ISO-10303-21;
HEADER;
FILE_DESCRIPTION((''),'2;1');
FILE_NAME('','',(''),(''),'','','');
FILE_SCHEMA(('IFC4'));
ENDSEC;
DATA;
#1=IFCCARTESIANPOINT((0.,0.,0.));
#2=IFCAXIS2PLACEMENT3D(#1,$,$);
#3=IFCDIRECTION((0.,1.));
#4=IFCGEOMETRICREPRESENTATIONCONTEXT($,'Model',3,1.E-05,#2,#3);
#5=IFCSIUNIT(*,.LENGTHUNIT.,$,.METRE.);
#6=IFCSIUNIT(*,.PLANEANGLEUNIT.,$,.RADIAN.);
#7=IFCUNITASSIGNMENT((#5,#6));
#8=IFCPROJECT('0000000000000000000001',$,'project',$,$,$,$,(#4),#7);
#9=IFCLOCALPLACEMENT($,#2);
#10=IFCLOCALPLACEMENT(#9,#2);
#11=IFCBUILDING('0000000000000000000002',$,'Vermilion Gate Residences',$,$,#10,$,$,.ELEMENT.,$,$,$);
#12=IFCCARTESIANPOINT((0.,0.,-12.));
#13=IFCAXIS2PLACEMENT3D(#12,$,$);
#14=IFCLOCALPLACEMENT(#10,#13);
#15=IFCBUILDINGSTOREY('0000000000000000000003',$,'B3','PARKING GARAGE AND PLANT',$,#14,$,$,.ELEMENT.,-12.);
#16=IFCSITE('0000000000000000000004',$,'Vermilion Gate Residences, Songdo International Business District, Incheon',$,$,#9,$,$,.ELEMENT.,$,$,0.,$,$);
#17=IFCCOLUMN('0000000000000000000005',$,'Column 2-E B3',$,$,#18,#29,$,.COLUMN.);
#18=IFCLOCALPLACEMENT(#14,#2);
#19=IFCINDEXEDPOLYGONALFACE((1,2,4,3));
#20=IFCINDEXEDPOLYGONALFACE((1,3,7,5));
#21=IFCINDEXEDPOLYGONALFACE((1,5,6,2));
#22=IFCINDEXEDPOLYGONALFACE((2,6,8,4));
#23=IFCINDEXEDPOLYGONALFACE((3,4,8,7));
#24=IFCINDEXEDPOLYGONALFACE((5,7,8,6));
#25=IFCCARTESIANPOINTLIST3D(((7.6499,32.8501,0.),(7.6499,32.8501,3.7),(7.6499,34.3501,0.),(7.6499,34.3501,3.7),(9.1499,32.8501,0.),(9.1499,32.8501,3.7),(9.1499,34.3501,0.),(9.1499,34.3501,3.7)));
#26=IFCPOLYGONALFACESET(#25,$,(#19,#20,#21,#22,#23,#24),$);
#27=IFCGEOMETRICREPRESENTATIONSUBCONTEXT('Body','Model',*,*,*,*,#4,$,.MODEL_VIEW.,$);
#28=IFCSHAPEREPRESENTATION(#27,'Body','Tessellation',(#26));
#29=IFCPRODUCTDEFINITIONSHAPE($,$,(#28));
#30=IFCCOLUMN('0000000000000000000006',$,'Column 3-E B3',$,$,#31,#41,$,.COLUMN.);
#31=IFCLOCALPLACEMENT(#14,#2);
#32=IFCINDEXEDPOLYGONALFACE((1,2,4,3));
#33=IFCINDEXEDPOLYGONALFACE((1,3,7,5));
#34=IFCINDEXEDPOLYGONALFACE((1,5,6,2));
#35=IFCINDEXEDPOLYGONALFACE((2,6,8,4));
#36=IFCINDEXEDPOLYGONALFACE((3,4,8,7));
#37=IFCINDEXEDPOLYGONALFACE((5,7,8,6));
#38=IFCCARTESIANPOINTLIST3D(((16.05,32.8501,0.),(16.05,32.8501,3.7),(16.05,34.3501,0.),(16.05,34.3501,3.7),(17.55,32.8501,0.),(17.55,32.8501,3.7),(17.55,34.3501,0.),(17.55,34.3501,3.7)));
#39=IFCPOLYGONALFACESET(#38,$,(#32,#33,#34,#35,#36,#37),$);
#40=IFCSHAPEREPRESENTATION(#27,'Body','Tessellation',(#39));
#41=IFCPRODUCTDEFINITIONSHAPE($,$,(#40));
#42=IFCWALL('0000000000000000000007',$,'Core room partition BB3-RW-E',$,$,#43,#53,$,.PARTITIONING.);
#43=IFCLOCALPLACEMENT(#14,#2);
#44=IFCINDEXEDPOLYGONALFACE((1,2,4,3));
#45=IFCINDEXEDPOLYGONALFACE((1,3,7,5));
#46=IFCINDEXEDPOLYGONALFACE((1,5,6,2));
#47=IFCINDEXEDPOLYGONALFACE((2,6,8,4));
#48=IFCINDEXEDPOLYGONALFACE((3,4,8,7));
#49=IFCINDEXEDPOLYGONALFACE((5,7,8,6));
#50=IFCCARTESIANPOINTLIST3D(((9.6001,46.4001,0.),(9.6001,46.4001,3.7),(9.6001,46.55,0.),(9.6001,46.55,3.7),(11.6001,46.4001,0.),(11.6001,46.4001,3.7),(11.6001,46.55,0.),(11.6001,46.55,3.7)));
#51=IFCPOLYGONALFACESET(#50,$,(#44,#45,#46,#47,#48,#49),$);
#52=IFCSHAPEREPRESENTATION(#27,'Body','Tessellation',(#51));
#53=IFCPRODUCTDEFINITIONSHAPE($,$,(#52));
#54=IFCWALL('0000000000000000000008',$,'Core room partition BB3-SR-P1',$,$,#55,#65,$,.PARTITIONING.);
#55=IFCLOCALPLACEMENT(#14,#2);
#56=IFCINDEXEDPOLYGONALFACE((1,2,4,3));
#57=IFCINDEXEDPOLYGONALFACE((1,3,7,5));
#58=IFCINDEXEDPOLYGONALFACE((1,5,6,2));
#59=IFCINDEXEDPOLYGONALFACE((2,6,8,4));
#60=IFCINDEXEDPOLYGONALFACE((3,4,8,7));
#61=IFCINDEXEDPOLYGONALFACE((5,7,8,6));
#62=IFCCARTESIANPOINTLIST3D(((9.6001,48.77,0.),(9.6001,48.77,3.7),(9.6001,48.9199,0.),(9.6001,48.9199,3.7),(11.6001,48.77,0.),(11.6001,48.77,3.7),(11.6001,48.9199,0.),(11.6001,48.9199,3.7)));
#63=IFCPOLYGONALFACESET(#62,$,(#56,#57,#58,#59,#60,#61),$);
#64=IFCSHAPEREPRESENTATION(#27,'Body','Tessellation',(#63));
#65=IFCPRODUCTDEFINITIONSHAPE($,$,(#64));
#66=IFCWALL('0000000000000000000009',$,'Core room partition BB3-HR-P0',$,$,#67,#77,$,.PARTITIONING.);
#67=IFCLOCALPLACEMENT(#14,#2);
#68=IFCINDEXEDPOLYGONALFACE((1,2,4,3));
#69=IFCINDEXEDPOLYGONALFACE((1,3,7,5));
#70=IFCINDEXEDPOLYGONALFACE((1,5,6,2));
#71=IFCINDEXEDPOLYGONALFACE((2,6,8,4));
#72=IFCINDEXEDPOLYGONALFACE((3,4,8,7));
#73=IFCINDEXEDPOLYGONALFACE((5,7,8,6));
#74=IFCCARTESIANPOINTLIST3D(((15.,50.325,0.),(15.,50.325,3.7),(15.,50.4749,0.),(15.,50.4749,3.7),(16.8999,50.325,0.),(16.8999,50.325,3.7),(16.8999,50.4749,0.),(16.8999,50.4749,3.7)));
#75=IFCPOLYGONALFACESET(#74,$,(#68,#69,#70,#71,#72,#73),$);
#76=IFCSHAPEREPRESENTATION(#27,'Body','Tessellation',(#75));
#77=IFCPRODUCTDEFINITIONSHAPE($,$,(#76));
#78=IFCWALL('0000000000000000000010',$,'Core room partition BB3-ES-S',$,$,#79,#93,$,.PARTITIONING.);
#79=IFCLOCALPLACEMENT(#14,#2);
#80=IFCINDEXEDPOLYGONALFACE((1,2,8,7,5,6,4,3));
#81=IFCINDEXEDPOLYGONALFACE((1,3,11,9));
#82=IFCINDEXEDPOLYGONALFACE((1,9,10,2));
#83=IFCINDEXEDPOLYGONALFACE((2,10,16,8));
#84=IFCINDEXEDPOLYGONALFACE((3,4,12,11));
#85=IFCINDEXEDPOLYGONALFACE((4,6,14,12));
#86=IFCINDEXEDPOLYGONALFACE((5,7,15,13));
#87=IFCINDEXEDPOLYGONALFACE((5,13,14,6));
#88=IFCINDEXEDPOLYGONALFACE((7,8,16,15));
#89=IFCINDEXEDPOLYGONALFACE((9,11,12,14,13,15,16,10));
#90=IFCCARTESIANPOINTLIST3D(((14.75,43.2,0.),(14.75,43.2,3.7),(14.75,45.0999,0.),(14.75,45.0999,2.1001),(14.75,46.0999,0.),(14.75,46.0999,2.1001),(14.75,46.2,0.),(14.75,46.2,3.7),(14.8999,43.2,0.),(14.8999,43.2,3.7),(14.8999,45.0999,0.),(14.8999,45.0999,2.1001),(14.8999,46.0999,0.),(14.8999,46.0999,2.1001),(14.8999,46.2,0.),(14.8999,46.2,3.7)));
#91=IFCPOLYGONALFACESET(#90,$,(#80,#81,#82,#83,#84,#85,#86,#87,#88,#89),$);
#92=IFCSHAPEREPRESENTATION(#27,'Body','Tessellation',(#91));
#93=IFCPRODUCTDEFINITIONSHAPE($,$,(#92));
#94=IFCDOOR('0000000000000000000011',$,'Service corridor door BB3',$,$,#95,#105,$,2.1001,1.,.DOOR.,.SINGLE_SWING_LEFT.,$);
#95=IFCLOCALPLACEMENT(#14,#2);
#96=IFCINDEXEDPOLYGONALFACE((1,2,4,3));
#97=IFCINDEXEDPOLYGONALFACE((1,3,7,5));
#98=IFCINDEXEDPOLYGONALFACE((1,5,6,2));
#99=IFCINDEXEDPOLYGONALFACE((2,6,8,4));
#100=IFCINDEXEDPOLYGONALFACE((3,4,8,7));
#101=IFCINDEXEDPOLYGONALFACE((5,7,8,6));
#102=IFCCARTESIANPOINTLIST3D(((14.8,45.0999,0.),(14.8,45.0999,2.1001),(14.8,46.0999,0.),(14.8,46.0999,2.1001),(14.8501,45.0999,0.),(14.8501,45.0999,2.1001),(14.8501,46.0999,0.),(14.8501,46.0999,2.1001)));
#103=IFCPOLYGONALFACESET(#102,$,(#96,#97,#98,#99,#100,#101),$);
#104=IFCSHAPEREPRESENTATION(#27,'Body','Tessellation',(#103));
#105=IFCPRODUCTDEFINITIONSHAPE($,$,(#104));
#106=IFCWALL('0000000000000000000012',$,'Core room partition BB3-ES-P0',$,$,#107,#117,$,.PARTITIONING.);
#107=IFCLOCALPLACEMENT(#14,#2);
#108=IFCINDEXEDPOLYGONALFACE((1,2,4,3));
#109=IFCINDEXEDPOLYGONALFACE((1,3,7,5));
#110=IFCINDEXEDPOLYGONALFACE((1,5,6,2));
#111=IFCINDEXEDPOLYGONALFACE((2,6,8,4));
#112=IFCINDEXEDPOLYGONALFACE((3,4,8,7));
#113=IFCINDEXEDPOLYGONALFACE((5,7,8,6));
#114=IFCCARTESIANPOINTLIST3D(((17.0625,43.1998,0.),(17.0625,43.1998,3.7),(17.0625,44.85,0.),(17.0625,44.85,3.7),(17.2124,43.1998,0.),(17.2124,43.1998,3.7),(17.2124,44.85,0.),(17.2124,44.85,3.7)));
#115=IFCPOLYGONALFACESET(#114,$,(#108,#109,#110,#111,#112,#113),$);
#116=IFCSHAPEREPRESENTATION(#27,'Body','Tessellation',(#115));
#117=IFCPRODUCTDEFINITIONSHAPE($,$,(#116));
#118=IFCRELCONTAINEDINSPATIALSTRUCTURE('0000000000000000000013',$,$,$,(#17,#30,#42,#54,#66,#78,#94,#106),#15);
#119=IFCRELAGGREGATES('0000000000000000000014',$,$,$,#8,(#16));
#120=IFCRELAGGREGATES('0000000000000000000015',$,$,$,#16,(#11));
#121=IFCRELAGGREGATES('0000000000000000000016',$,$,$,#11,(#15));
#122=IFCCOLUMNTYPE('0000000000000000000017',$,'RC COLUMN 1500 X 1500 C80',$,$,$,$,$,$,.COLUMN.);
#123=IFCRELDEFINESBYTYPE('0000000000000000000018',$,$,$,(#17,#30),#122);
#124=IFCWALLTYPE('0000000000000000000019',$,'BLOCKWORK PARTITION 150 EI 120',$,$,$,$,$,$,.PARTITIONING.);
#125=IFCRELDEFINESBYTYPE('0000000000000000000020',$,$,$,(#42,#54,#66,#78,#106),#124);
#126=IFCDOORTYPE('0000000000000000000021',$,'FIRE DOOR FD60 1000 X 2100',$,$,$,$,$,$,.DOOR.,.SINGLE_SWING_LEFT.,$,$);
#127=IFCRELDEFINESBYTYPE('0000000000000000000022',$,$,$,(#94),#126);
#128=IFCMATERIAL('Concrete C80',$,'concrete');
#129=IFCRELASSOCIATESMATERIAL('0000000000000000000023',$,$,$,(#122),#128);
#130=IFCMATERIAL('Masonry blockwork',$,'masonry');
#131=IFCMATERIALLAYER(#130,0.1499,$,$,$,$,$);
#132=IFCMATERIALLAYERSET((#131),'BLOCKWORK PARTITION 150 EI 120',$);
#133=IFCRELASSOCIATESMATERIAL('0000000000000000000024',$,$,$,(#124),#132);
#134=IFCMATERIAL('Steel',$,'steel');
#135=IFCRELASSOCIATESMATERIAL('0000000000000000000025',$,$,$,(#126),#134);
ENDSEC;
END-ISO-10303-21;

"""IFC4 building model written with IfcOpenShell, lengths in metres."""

from ifc_helpers import new_model, si_unit, direction, frame, frame_2d, origin, origin_2d, place, context, subcontext, project, spatial, rectangle, extrude, material, layer, layer_set, material_profile, profile_set, type_object, element, fill, save


model = new_model("IFC4")

# Units and contexts
model_context = context("Model", 3, precision=1e-05, world=origin(), true_north=direction((0.0, 1.0)))
body_context = subcontext(model_context, "Body", "Model", "MODEL_VIEW")
ifc_project = project(units=[si_unit("LENGTHUNIT", "METRE"), si_unit("PLANEANGLEUNIT", "RADIAN")], contexts=[model_context])

# Site, building, storey
site_placement = place(None, origin())
site = spatial("IfcSite", under=ifc_project, at=site_placement, Name="Vermilion Gate Residences, Songdo International Business District, Incheon", CompositionType="ELEMENT", RefElevation=0.0)
building_placement = place(site_placement, origin())
building = spatial("IfcBuilding", under=site, at=building_placement, Name="Vermilion Gate Residences", CompositionType="ELEMENT")
storey_placement = place(building_placement, frame((0.0, 0.0, -12.0)))
storey = spatial("IfcBuildingStorey", under=building, at=storey_placement, Name="B3", Description="PARKING GARAGE AND PLANT", CompositionType="ELEMENT", Elevation=-12.0)

# Columns
ifc_material_1 = material(Name="Concrete C80", Category="concrete")
ifc_material_profile = material_profile(ifc_material_1, rectangle(XDim=1.5, YDim=1.5, at=origin_2d()), Name="RC-1500x1500")
ifc_profile_set = profile_set([ifc_material_profile], Name="Concrete C80")
column_type = type_object("IfcColumnType", Name="RC COLUMN 1500 X 1500 C80", PredefinedType="COLUMN", material=ifc_profile_set)
for number, where, z_axis, x_axis, name in (
    (1, (8.3999, 33.6001, 0.0), (0.0, 0.0, 1.0), (1.0, 0.0, 0.0), "Column 2-E B3"),
    (2, (16.8, 33.6001, 0.0), (0.0, 0.0, 1.0), (1.0, 0.0, 0.0), "Column 3-E B3"),
):
    element("IfcColumn", number, at=place(storey_placement, frame(where, z_axis=z_axis, x_axis=x_axis)), inside=storey, type_object=column_type, Name=name, PredefinedType="COLUMN", context=body_context, shape_type="SweptSolid", body=[
        extrude(rectangle(XDim=1.5, YDim=1.5, at=origin_2d()), origin(), (0.0, 0.0, 1.0), 3.7),
    ])

# Walls
ifc_material_2 = material(Name="Masonry blockwork", Category="masonry")
ifc_layer_1 = layer(ifc_material_2, 0.1499)
ifc_layer_set_1 = layer_set([ifc_layer_1], Name="BLOCKWORK PARTITION 150 EI 120")
wall_type_1 = type_object("IfcWallType", Name="BLOCKWORK PARTITION 150 EI 120", PredefinedType="PARTITIONING", material=ifc_layer_set_1)
for number, where, z_axis, x_axis, name in (
    (3, (9.6001, 46.4751, 0.0), (0.0, 0.0, 1.0), (1.0, 0.0, 0.0), "Core room partition BB3-RW-E"),
    (4, (9.6001, 48.845, 0.0), (0.0, 0.0, 1.0), (1.0, 0.0, 0.0), "Core room partition BB3-SR-P1"),
):
    element("IfcWall", number, at=place(storey_placement, frame(where, z_axis=z_axis, x_axis=x_axis)), inside=storey, type_object=wall_type_1, Name=name, PredefinedType="PARTITIONING", context=body_context, shape_type="SweptSolid", body=[
        extrude(rectangle(XDim=2.0, YDim=0.1499, at=frame_2d((1.0, 0.0))), origin(), (0.0, 0.0, 1.0), 3.7),
    ])
wall_1_placement = place(storey_placement, frame((15.0, 50.3999, 0.0), z_axis=(0.0, 0.0, 1.0), x_axis=(1.0, 0.0, 0.0)))
element("IfcWall", 5, at=wall_1_placement, inside=storey, type_object=wall_type_1, Name="Core room partition BB3-HR-P0", PredefinedType="PARTITIONING", context=body_context, shape_type="SweptSolid", body=[
    extrude(rectangle(XDim=1.8999, YDim=0.1499, at=frame_2d((0.95, 0.0))), origin(), (0.0, 0.0, 1.0), 3.7),
])

# Wall, opening, door
wall_2_placement = place(storey_placement, frame((14.825, 46.2, 0.0), z_axis=(0.0, 0.0, 1.0), x_axis=(0.0, -1.0, 0.0)))
wall_2 = element("IfcWall", 6, at=wall_2_placement, inside=storey, type_object=wall_type_1, Name="Core room partition BB3-ES-S", PredefinedType="PARTITIONING", context=body_context, shape_type="SweptSolid", body=[
    extrude(rectangle(XDim=3.0, YDim=0.1499, at=frame_2d((1.5, 0.0))), origin(), (0.0, 0.0, 1.0), 3.7),
])
opening_1_placement = place(wall_2_placement, frame((0.1001, 0.0, 0.0)))
opening_1 = element("IfcOpeningElement", 7, at=opening_1_placement, cuts=wall_2, PredefinedType="OPENING", context=body_context, shape_type="SweptSolid", body=[
    extrude(rectangle(XDim=1.0, YDim=2.1001, at=frame_2d((0.5, 1.05))), frame((0.0, 0.085, 0.0), z_axis=(0.0, -1.0, 0.0), x_axis=(1.0, 0.0, 0.0)), (0.0, 0.0, 1.0), 0.1699),
])
ifc_material_3 = material(Name="Steel", Category="steel")
door_type_1 = type_object("IfcDoorType", Name="FIRE DOOR FD60 1000 X 2100", OperationType="SINGLE_SWING_LEFT", PredefinedType="DOOR", material=ifc_material_3)
door_1_placement = place(opening_1_placement, frame((1.0, 0.0, 0.0), z_axis=(0.0, 0.0, 1.0), x_axis=(-1.0, 0.0, 0.0)))
door_1 = element("IfcDoor", 8, at=door_1_placement, inside=storey, type_object=door_type_1, Name="Service corridor door BB3", OperationType="SINGLE_SWING_LEFT", OverallHeight=2.1001, OverallWidth=1.0, PredefinedType="DOOR", context=body_context, shape_type="SweptSolid", body=[
    extrude(rectangle(XDim=1.0, YDim=2.1001, at=frame_2d((0.5, 1.05))), frame((0.0, 0.0249, 0.0), z_axis=(0.0, -1.0, 0.0), x_axis=(1.0, 0.0, 0.0)), (0.0, 0.0, 1.0), 0.05),
])
fill(opening_1, door_1)

# Wall
wall_3_placement = place(storey_placement, frame((17.1375, 44.8501, 0.0), z_axis=(0.0, 0.0, 1.0), x_axis=(0.0, -1.0, 0.0)))
element("IfcWall", 9, at=wall_3_placement, inside=storey, type_object=wall_type_1, Name="Core room partition BB3-ES-P0", PredefinedType="PARTITIONING", context=body_context, shape_type="SweptSolid", body=[
    extrude(rectangle(XDim=1.6501, YDim=0.1499, at=frame_2d((0.8252, 0.0))), origin(), (0.0, 0.0, 1.0), 3.7),
])

save(model, "model.ifc")
